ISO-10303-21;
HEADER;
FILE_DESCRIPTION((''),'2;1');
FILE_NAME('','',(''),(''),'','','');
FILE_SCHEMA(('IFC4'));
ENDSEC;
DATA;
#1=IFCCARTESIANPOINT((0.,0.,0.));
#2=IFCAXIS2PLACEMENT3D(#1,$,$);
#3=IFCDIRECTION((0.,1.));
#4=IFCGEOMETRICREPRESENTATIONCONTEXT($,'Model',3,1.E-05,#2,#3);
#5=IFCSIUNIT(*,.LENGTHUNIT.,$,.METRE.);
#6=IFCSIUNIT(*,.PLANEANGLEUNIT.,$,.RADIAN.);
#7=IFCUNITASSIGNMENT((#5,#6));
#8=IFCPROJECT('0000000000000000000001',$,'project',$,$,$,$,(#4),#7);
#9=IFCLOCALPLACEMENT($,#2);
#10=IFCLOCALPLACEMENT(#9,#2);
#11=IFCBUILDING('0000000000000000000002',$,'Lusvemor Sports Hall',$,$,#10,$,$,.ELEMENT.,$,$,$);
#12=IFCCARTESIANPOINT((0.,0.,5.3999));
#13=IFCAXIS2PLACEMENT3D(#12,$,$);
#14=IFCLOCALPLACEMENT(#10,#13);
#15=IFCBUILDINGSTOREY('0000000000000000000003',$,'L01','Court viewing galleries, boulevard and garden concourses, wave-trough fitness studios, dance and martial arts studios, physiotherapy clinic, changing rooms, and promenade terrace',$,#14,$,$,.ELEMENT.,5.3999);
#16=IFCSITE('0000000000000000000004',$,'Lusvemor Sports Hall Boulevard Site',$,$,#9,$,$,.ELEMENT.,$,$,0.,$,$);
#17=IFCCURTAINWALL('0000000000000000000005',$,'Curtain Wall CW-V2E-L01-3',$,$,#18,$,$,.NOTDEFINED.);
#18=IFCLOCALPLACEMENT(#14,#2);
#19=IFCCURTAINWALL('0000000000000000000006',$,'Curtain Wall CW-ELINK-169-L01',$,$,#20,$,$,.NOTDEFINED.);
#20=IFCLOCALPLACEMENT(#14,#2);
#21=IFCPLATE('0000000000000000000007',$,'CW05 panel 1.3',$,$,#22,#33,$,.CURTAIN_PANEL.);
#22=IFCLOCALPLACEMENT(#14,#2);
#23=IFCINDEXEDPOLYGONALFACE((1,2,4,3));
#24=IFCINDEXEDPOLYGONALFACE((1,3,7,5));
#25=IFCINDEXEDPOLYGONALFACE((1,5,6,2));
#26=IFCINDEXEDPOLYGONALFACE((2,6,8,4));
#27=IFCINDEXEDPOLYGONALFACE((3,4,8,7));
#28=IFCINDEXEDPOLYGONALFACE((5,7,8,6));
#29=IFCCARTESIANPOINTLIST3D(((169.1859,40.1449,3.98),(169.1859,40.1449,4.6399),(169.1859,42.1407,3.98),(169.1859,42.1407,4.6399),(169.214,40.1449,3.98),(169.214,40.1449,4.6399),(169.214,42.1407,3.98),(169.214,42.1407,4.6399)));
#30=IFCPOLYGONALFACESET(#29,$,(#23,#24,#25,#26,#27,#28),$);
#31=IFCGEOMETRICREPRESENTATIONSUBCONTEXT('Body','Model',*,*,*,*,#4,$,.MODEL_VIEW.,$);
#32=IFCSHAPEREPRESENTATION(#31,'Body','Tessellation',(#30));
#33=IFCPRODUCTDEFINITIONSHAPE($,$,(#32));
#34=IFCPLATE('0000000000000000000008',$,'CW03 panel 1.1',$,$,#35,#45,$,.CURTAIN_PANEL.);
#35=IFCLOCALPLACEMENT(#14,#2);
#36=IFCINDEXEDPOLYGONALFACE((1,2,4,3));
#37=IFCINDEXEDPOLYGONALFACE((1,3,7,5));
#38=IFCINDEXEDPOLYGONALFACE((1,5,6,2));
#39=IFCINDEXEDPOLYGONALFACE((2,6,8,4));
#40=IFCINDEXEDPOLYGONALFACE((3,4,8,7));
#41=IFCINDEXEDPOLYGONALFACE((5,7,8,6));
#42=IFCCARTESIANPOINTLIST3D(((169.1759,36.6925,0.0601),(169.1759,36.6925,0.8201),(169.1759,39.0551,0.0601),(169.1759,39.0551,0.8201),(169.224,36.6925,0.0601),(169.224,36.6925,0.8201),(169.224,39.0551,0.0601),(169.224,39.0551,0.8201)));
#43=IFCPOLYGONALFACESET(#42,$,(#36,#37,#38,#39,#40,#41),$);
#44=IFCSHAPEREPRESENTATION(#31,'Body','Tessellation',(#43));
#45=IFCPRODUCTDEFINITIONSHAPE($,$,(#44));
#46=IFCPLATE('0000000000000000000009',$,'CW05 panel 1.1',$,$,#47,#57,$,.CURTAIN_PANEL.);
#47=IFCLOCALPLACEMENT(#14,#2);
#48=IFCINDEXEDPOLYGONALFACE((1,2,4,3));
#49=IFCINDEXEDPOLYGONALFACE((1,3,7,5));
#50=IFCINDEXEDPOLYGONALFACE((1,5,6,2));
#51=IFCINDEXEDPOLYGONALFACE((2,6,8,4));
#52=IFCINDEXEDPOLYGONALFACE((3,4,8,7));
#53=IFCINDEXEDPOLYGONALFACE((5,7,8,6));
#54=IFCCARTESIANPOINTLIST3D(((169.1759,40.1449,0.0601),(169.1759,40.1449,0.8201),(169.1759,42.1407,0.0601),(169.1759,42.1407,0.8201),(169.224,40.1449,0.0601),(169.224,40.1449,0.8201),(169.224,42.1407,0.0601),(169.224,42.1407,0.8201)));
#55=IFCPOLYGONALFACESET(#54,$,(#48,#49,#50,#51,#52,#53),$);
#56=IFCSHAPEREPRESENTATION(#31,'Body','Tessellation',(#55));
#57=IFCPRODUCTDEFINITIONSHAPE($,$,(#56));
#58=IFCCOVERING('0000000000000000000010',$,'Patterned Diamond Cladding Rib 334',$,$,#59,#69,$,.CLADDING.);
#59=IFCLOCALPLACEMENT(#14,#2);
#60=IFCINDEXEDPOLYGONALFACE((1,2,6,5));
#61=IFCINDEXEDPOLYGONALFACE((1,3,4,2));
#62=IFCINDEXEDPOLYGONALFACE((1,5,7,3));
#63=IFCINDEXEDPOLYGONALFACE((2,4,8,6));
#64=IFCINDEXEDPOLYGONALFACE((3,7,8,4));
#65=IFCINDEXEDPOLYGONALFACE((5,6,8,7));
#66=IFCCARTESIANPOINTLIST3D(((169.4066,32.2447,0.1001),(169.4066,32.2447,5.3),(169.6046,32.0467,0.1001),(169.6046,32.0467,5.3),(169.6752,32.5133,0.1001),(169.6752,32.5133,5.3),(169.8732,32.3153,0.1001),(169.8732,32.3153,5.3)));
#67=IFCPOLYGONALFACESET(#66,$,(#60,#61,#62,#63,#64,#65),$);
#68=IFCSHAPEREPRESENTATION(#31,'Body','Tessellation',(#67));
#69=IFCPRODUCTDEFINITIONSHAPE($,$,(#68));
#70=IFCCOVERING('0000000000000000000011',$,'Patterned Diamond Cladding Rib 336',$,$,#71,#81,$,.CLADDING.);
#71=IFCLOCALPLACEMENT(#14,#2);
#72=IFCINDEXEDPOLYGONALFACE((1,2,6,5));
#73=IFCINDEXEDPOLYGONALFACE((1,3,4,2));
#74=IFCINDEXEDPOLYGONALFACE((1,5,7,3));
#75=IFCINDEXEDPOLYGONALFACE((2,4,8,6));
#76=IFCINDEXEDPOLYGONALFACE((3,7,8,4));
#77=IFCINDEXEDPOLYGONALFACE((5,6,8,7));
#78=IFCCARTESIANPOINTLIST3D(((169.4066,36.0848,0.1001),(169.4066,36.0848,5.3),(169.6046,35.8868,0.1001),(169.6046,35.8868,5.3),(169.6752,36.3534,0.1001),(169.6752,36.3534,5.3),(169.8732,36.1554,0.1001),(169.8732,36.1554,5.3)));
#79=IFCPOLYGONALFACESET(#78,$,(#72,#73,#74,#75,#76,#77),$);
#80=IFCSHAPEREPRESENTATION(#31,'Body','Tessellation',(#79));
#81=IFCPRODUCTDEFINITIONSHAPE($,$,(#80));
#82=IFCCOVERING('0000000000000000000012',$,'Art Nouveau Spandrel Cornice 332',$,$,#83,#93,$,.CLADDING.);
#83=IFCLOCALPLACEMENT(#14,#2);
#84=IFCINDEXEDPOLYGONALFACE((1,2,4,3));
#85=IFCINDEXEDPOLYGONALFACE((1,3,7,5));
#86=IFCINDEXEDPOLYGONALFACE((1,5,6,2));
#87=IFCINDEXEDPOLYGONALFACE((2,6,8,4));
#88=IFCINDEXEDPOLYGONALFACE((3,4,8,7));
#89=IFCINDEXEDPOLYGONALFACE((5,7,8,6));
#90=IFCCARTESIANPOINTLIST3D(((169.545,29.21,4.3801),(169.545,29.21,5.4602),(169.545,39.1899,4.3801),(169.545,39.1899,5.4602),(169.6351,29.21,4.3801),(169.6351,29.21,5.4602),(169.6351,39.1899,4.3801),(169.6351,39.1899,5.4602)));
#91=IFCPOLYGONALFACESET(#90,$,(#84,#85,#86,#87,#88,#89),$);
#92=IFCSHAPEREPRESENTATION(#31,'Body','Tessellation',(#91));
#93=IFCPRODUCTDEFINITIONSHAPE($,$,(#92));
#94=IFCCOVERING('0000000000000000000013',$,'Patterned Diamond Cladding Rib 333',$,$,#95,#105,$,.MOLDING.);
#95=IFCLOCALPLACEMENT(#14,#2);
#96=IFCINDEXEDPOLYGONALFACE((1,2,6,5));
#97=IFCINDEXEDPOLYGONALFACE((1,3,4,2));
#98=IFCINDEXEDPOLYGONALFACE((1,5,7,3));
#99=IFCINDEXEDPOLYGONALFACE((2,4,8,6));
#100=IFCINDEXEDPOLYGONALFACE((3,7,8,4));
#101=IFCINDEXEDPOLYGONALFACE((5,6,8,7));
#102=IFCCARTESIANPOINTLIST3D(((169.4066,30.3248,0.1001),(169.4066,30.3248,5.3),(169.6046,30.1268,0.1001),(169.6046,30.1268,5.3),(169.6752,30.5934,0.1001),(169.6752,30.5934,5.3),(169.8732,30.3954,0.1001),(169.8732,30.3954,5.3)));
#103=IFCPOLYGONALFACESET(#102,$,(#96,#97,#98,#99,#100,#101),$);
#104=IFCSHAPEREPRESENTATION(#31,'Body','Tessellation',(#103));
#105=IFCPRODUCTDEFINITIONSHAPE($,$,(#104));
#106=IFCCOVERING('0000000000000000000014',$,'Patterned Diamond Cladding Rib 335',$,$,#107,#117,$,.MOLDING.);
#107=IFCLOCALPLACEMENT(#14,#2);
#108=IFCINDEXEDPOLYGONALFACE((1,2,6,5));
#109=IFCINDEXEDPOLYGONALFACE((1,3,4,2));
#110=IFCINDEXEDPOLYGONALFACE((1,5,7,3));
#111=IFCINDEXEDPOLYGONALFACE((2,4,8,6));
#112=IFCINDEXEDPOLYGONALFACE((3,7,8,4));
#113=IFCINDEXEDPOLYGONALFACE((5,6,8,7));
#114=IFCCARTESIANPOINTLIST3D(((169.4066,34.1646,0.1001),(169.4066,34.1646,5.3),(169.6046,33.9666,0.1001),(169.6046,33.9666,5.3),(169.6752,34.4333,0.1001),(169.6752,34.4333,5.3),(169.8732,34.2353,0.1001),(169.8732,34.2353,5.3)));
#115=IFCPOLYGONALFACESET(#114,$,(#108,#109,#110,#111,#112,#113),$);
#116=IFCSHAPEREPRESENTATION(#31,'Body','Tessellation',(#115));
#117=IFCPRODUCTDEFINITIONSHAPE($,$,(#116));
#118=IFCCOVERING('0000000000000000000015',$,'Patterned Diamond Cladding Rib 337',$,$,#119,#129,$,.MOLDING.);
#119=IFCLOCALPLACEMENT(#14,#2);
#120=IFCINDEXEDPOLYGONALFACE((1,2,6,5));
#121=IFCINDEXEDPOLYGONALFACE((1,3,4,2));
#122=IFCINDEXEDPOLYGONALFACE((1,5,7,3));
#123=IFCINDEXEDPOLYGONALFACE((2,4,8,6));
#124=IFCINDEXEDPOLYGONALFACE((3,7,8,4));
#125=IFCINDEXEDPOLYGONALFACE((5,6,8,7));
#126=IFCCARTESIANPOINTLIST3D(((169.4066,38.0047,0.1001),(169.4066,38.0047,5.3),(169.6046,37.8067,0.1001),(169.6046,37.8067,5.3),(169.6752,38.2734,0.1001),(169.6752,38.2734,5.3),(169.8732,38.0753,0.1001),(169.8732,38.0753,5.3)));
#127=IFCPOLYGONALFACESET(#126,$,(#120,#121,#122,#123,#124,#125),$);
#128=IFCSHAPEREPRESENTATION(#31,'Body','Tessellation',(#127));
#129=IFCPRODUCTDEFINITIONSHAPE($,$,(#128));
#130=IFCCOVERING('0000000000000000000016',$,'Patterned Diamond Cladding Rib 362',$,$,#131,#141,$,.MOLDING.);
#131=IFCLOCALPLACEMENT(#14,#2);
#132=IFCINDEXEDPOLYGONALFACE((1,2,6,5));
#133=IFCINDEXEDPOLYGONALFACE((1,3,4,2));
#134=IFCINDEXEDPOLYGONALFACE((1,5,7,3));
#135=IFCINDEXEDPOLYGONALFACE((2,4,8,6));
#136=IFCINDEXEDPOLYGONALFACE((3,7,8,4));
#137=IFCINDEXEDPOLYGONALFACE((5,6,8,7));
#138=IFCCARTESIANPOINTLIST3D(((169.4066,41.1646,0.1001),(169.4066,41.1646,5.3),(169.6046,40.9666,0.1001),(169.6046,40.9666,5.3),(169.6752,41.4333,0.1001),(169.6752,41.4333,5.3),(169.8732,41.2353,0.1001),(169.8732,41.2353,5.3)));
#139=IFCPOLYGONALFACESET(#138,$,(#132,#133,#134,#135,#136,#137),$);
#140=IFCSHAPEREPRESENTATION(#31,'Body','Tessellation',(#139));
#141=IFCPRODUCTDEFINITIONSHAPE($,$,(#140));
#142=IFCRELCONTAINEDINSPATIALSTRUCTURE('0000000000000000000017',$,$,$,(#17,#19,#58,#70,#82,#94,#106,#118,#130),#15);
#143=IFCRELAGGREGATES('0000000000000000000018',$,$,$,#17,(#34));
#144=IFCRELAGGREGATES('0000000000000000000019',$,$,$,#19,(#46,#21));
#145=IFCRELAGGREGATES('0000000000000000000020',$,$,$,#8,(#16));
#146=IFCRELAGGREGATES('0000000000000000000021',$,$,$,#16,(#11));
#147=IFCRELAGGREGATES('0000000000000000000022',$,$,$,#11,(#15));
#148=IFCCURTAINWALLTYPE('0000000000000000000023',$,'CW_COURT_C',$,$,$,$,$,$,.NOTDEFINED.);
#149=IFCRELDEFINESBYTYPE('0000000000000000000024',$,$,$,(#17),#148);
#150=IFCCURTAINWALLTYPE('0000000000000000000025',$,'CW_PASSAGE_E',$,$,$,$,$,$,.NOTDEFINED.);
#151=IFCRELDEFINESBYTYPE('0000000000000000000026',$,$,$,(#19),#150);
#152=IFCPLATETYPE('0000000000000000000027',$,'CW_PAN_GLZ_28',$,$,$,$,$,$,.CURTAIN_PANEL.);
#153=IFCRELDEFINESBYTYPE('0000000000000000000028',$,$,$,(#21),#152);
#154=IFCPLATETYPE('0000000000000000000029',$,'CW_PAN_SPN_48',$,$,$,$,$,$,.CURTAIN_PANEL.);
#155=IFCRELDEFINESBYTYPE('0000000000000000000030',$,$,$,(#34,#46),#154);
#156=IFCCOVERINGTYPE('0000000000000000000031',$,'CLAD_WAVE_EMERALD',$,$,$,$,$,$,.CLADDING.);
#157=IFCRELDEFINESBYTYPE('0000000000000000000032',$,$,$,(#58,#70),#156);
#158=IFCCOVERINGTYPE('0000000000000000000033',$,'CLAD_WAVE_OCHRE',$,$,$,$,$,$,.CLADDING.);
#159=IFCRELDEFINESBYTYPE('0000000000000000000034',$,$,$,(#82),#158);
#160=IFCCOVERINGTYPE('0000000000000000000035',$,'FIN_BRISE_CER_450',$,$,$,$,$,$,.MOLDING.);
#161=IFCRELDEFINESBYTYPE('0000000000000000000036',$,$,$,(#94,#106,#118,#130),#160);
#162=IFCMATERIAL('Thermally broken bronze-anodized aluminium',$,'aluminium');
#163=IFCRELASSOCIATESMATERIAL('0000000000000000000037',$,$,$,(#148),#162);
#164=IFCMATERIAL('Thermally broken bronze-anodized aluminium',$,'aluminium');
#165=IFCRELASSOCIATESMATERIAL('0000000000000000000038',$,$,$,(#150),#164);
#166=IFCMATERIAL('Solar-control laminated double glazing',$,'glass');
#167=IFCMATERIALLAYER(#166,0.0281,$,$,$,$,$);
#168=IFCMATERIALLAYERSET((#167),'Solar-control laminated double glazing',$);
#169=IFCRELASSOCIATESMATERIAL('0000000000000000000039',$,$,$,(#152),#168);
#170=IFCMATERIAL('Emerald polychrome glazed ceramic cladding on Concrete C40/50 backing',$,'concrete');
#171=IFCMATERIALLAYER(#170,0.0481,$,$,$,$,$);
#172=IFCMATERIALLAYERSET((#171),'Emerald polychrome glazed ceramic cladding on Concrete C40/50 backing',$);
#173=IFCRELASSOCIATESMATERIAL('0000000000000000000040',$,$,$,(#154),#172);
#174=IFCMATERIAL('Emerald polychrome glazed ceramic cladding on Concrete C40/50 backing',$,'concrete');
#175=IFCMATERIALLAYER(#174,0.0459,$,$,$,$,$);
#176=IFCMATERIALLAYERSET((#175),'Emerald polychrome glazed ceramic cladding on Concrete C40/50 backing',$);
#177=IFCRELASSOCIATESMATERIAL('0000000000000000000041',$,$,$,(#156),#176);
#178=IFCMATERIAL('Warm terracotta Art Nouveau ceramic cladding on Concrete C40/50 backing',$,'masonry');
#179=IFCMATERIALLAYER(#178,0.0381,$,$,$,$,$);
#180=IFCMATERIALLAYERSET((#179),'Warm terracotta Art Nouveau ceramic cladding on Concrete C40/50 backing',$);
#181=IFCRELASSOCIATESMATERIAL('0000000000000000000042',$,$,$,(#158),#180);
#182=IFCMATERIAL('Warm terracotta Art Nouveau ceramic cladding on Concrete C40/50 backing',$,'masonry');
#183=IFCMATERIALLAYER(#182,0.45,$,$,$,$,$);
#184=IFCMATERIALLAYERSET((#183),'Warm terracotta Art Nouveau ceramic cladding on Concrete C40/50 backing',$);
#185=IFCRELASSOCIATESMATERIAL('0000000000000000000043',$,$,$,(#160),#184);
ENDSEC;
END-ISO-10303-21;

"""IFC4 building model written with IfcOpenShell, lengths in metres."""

from ifc_helpers import new_model, si_unit, direction, frame, origin, origin_2d, place, context, subcontext, project, spatial, rectangle, extrude, material, layer, layer_set, type_object, element, aggregate, save


model = new_model("IFC4")

# Units and contexts
model_context = context("Model", 3, precision=1e-05, world=origin(), true_north=direction((0.0, 1.0)))
body_context = subcontext(model_context, "Body", "Model", "MODEL_VIEW")
ifc_project = project(units=[si_unit("LENGTHUNIT", "METRE"), si_unit("PLANEANGLEUNIT", "RADIAN")], contexts=[model_context])

# Site, building, storey
site_placement = place(None, origin())
site = spatial("IfcSite", under=ifc_project, at=site_placement, Name="Lusvemor Sports Hall Boulevard Site", CompositionType="ELEMENT", RefElevation=0.0)
building_placement = place(site_placement, origin())
building = spatial("IfcBuilding", under=site, at=building_placement, Name="Lusvemor Sports Hall", CompositionType="ELEMENT")
storey_placement = place(building_placement, frame((0.0, 0.0, 5.3999)))
storey = spatial("IfcBuildingStorey", under=building, at=storey_placement, Name="L01", Description="Court viewing galleries, boulevard and garden concourses, wave-trough fitness studios, dance and martial arts studios, physiotherapy clinic, changing rooms, and promenade terrace", CompositionType="ELEMENT", Elevation=5.3999)

# Curtain walls
ifc_material_1 = material(Name="Thermally broken bronze-anodized aluminium", Category="aluminium")
curtain_wall_type_1 = type_object("IfcCurtainWallType", Name="CW_COURT_C", PredefinedType="NOTDEFINED", material=ifc_material_1)
curtain_wall_1_placement = place(storey_placement, origin())
curtain_wall_1 = element("IfcCurtainWall", 1, at=curtain_wall_1_placement, inside=storey, type_object=curtain_wall_type_1, Name="Curtain Wall CW-V2E-L01-3", PredefinedType="NOTDEFINED")
ifc_material_2 = material(Name="Thermally broken bronze-anodized aluminium", Category="aluminium")
curtain_wall_type_2 = type_object("IfcCurtainWallType", Name="CW_PASSAGE_E", PredefinedType="NOTDEFINED", material=ifc_material_2)
curtain_wall_2_placement = place(storey_placement, origin())
curtain_wall_2 = element("IfcCurtainWall", 2, at=curtain_wall_2_placement, inside=storey, type_object=curtain_wall_type_2, Name="Curtain Wall CW-ELINK-169-L01", PredefinedType="NOTDEFINED")

# Plates
ifc_material_3 = material(Name="Solar-control laminated double glazing", Category="glass")
ifc_layer_1 = layer(ifc_material_3, 0.0281)
ifc_layer_set_1 = layer_set([ifc_layer_1], Name="Solar-control laminated double glazing")
plate_type_1 = type_object("IfcPlateType", Name="CW_PAN_GLZ_28", PredefinedType="CURTAIN_PANEL", material=ifc_layer_set_1)
plate_1_placement = place(storey_placement, frame((169.2, 41.1428, 3.98), z_axis=(0.0, 0.0, 1.0), x_axis=(0.0, 1.0, 0.0)))
plate_1 = element("IfcPlate", 3, at=plate_1_placement, type_object=plate_type_1, Name="CW05 panel 1.3", PredefinedType="CURTAIN_PANEL", context=body_context, shape_type="SweptSolid", body=[
    extrude(rectangle(XDim=1.9958, YDim=0.0281, at=origin_2d()), origin(), (0.0, 0.0, 1.0), 0.6599),
])
ifc_material_4 = material(Name="Emerald polychrome glazed ceramic cladding on Concrete C40/50 backing", Category="concrete")
ifc_layer_2 = layer(ifc_material_4, 0.0481)
ifc_layer_set_2 = layer_set([ifc_layer_2], Name="Emerald polychrome glazed ceramic cladding on Concrete C40/50 backing")
plate_type_2 = type_object("IfcPlateType", Name="CW_PAN_SPN_48", PredefinedType="CURTAIN_PANEL", material=ifc_layer_set_2)
plate_2_placement = place(storey_placement, frame((169.2, 37.8738, 0.0601), z_axis=(0.0, 0.0, 1.0), x_axis=(0.0, -1.0, 0.0)))
plate_2 = element("IfcPlate", 4, at=plate_2_placement, type_object=plate_type_2, Name="CW03 panel 1.1", PredefinedType="CURTAIN_PANEL", context=body_context, shape_type="SweptSolid", body=[
    extrude(rectangle(XDim=2.3625, YDim=0.0481, at=origin_2d()), origin(), (0.0, 0.0, 1.0), 0.76),
])
aggregate(curtain_wall_1, [plate_2])
plate_3_placement = place(storey_placement, frame((169.2, 41.1428, 0.0601), z_axis=(0.0, 0.0, 1.0), x_axis=(0.0, 1.0, 0.0)))
plate_3 = element("IfcPlate", 5, at=plate_3_placement, type_object=plate_type_2, Name="CW05 panel 1.1", PredefinedType="CURTAIN_PANEL", context=body_context, shape_type="SweptSolid", body=[
    extrude(rectangle(XDim=1.9958, YDim=0.0481, at=origin_2d()), origin(), (0.0, 0.0, 1.0), 0.76),
])
aggregate(curtain_wall_2, [plate_3, plate_1])

# Coverings
ifc_material_5 = material(Name="Emerald polychrome glazed ceramic cladding on Concrete C40/50 backing", Category="concrete")
ifc_layer_3 = layer(ifc_material_5, 0.0459)
ifc_layer_set_3 = layer_set([ifc_layer_3], Name="Emerald polychrome glazed ceramic cladding on Concrete C40/50 backing")
covering_type_1 = type_object("IfcCoveringType", Name="CLAD_WAVE_EMERALD", PredefinedType="CLADDING", material=ifc_layer_set_3)
for number, where, z_axis, x_axis, name in (
    (6, (169.6399, 32.28, 0.1001), (0.0, 0.0, 1.0), (0.707107, 0.707107, 0.0), "Patterned Diamond Cladding Rib 334"),
    (7, (169.6399, 36.1201, 0.1001), (0.0, 0.0, 1.0), (0.707107, 0.707107, 0.0), "Patterned Diamond Cladding Rib 336"),
):
    element("IfcCovering", number, at=place(storey_placement, frame(where, z_axis=z_axis, x_axis=x_axis)), inside=storey, type_object=covering_type_1, Name=name, PredefinedType="CLADDING", context=body_context, shape_type="SweptSolid", body=[
        extrude(rectangle(XDim=0.3799, YDim=0.28, at=origin_2d()), origin(), (0.0, 0.0, 1.0), 5.2),
    ])
ifc_material_6 = material(Name="Warm terracotta Art Nouveau ceramic cladding on Concrete C40/50 backing", Category="masonry")
ifc_layer_4 = layer(ifc_material_6, 0.0381)
ifc_layer_set_4 = layer_set([ifc_layer_4], Name="Warm terracotta Art Nouveau ceramic cladding on Concrete C40/50 backing")
covering_type_2 = type_object("IfcCoveringType", Name="CLAD_WAVE_OCHRE", PredefinedType="CLADDING", material=ifc_layer_set_4)
covering_placement = place(storey_placement, frame((169.5901, 34.2, 4.3801), z_axis=(0.0, 0.0, 1.0), x_axis=(1.0, 0.0, 0.0)))
element("IfcCovering", 8, at=covering_placement, inside=storey, type_object=covering_type_2, Name="Art Nouveau Spandrel Cornice 332", PredefinedType="CLADDING", context=body_context, shape_type="SweptSolid", body=[
    extrude(rectangle(XDim=0.0901, YDim=9.98, at=origin_2d()), origin(), (0.0, 0.0, 1.0), 1.0801),
])
ifc_material_7 = material(Name="Warm terracotta Art Nouveau ceramic cladding on Concrete C40/50 backing", Category="masonry")
ifc_layer_5 = layer(ifc_material_7, 0.45)
ifc_layer_set_5 = layer_set([ifc_layer_5], Name="Warm terracotta Art Nouveau ceramic cladding on Concrete C40/50 backing")
covering_type_3 = type_object("IfcCoveringType", Name="FIN_BRISE_CER_450", PredefinedType="MOLDING", material=ifc_layer_set_5)
for number, where, z_axis, x_axis, name in (
    (9, (169.6399, 30.3601, 0.1001), (0.0, 0.0, 1.0), (0.707107, 0.707107, 0.0), "Patterned Diamond Cladding Rib 333"),
    (10, (169.6399, 34.2, 0.1001), (0.0, 0.0, 1.0), (0.707107, 0.707107, 0.0), "Patterned Diamond Cladding Rib 335"),
    (11, (169.6399, 38.04, 0.1001), (0.0, 0.0, 1.0), (0.707107, 0.707107, 0.0), "Patterned Diamond Cladding Rib 337"),
    (12, (169.6399, 41.2, 0.1001), (0.0, 0.0, 1.0), (0.707107, 0.707107, 0.0), "Patterned Diamond Cladding Rib 362"),
):
    element("IfcCovering", number, at=place(storey_placement, frame(where, z_axis=z_axis, x_axis=x_axis)), inside=storey, type_object=covering_type_3, Name=name, PredefinedType="MOLDING", context=body_context, shape_type="SweptSolid", body=[
        extrude(rectangle(XDim=0.3799, YDim=0.28, at=origin_2d()), origin(), (0.0, 0.0, 1.0), 5.2),
    ])

save(model, "model.ifc")
